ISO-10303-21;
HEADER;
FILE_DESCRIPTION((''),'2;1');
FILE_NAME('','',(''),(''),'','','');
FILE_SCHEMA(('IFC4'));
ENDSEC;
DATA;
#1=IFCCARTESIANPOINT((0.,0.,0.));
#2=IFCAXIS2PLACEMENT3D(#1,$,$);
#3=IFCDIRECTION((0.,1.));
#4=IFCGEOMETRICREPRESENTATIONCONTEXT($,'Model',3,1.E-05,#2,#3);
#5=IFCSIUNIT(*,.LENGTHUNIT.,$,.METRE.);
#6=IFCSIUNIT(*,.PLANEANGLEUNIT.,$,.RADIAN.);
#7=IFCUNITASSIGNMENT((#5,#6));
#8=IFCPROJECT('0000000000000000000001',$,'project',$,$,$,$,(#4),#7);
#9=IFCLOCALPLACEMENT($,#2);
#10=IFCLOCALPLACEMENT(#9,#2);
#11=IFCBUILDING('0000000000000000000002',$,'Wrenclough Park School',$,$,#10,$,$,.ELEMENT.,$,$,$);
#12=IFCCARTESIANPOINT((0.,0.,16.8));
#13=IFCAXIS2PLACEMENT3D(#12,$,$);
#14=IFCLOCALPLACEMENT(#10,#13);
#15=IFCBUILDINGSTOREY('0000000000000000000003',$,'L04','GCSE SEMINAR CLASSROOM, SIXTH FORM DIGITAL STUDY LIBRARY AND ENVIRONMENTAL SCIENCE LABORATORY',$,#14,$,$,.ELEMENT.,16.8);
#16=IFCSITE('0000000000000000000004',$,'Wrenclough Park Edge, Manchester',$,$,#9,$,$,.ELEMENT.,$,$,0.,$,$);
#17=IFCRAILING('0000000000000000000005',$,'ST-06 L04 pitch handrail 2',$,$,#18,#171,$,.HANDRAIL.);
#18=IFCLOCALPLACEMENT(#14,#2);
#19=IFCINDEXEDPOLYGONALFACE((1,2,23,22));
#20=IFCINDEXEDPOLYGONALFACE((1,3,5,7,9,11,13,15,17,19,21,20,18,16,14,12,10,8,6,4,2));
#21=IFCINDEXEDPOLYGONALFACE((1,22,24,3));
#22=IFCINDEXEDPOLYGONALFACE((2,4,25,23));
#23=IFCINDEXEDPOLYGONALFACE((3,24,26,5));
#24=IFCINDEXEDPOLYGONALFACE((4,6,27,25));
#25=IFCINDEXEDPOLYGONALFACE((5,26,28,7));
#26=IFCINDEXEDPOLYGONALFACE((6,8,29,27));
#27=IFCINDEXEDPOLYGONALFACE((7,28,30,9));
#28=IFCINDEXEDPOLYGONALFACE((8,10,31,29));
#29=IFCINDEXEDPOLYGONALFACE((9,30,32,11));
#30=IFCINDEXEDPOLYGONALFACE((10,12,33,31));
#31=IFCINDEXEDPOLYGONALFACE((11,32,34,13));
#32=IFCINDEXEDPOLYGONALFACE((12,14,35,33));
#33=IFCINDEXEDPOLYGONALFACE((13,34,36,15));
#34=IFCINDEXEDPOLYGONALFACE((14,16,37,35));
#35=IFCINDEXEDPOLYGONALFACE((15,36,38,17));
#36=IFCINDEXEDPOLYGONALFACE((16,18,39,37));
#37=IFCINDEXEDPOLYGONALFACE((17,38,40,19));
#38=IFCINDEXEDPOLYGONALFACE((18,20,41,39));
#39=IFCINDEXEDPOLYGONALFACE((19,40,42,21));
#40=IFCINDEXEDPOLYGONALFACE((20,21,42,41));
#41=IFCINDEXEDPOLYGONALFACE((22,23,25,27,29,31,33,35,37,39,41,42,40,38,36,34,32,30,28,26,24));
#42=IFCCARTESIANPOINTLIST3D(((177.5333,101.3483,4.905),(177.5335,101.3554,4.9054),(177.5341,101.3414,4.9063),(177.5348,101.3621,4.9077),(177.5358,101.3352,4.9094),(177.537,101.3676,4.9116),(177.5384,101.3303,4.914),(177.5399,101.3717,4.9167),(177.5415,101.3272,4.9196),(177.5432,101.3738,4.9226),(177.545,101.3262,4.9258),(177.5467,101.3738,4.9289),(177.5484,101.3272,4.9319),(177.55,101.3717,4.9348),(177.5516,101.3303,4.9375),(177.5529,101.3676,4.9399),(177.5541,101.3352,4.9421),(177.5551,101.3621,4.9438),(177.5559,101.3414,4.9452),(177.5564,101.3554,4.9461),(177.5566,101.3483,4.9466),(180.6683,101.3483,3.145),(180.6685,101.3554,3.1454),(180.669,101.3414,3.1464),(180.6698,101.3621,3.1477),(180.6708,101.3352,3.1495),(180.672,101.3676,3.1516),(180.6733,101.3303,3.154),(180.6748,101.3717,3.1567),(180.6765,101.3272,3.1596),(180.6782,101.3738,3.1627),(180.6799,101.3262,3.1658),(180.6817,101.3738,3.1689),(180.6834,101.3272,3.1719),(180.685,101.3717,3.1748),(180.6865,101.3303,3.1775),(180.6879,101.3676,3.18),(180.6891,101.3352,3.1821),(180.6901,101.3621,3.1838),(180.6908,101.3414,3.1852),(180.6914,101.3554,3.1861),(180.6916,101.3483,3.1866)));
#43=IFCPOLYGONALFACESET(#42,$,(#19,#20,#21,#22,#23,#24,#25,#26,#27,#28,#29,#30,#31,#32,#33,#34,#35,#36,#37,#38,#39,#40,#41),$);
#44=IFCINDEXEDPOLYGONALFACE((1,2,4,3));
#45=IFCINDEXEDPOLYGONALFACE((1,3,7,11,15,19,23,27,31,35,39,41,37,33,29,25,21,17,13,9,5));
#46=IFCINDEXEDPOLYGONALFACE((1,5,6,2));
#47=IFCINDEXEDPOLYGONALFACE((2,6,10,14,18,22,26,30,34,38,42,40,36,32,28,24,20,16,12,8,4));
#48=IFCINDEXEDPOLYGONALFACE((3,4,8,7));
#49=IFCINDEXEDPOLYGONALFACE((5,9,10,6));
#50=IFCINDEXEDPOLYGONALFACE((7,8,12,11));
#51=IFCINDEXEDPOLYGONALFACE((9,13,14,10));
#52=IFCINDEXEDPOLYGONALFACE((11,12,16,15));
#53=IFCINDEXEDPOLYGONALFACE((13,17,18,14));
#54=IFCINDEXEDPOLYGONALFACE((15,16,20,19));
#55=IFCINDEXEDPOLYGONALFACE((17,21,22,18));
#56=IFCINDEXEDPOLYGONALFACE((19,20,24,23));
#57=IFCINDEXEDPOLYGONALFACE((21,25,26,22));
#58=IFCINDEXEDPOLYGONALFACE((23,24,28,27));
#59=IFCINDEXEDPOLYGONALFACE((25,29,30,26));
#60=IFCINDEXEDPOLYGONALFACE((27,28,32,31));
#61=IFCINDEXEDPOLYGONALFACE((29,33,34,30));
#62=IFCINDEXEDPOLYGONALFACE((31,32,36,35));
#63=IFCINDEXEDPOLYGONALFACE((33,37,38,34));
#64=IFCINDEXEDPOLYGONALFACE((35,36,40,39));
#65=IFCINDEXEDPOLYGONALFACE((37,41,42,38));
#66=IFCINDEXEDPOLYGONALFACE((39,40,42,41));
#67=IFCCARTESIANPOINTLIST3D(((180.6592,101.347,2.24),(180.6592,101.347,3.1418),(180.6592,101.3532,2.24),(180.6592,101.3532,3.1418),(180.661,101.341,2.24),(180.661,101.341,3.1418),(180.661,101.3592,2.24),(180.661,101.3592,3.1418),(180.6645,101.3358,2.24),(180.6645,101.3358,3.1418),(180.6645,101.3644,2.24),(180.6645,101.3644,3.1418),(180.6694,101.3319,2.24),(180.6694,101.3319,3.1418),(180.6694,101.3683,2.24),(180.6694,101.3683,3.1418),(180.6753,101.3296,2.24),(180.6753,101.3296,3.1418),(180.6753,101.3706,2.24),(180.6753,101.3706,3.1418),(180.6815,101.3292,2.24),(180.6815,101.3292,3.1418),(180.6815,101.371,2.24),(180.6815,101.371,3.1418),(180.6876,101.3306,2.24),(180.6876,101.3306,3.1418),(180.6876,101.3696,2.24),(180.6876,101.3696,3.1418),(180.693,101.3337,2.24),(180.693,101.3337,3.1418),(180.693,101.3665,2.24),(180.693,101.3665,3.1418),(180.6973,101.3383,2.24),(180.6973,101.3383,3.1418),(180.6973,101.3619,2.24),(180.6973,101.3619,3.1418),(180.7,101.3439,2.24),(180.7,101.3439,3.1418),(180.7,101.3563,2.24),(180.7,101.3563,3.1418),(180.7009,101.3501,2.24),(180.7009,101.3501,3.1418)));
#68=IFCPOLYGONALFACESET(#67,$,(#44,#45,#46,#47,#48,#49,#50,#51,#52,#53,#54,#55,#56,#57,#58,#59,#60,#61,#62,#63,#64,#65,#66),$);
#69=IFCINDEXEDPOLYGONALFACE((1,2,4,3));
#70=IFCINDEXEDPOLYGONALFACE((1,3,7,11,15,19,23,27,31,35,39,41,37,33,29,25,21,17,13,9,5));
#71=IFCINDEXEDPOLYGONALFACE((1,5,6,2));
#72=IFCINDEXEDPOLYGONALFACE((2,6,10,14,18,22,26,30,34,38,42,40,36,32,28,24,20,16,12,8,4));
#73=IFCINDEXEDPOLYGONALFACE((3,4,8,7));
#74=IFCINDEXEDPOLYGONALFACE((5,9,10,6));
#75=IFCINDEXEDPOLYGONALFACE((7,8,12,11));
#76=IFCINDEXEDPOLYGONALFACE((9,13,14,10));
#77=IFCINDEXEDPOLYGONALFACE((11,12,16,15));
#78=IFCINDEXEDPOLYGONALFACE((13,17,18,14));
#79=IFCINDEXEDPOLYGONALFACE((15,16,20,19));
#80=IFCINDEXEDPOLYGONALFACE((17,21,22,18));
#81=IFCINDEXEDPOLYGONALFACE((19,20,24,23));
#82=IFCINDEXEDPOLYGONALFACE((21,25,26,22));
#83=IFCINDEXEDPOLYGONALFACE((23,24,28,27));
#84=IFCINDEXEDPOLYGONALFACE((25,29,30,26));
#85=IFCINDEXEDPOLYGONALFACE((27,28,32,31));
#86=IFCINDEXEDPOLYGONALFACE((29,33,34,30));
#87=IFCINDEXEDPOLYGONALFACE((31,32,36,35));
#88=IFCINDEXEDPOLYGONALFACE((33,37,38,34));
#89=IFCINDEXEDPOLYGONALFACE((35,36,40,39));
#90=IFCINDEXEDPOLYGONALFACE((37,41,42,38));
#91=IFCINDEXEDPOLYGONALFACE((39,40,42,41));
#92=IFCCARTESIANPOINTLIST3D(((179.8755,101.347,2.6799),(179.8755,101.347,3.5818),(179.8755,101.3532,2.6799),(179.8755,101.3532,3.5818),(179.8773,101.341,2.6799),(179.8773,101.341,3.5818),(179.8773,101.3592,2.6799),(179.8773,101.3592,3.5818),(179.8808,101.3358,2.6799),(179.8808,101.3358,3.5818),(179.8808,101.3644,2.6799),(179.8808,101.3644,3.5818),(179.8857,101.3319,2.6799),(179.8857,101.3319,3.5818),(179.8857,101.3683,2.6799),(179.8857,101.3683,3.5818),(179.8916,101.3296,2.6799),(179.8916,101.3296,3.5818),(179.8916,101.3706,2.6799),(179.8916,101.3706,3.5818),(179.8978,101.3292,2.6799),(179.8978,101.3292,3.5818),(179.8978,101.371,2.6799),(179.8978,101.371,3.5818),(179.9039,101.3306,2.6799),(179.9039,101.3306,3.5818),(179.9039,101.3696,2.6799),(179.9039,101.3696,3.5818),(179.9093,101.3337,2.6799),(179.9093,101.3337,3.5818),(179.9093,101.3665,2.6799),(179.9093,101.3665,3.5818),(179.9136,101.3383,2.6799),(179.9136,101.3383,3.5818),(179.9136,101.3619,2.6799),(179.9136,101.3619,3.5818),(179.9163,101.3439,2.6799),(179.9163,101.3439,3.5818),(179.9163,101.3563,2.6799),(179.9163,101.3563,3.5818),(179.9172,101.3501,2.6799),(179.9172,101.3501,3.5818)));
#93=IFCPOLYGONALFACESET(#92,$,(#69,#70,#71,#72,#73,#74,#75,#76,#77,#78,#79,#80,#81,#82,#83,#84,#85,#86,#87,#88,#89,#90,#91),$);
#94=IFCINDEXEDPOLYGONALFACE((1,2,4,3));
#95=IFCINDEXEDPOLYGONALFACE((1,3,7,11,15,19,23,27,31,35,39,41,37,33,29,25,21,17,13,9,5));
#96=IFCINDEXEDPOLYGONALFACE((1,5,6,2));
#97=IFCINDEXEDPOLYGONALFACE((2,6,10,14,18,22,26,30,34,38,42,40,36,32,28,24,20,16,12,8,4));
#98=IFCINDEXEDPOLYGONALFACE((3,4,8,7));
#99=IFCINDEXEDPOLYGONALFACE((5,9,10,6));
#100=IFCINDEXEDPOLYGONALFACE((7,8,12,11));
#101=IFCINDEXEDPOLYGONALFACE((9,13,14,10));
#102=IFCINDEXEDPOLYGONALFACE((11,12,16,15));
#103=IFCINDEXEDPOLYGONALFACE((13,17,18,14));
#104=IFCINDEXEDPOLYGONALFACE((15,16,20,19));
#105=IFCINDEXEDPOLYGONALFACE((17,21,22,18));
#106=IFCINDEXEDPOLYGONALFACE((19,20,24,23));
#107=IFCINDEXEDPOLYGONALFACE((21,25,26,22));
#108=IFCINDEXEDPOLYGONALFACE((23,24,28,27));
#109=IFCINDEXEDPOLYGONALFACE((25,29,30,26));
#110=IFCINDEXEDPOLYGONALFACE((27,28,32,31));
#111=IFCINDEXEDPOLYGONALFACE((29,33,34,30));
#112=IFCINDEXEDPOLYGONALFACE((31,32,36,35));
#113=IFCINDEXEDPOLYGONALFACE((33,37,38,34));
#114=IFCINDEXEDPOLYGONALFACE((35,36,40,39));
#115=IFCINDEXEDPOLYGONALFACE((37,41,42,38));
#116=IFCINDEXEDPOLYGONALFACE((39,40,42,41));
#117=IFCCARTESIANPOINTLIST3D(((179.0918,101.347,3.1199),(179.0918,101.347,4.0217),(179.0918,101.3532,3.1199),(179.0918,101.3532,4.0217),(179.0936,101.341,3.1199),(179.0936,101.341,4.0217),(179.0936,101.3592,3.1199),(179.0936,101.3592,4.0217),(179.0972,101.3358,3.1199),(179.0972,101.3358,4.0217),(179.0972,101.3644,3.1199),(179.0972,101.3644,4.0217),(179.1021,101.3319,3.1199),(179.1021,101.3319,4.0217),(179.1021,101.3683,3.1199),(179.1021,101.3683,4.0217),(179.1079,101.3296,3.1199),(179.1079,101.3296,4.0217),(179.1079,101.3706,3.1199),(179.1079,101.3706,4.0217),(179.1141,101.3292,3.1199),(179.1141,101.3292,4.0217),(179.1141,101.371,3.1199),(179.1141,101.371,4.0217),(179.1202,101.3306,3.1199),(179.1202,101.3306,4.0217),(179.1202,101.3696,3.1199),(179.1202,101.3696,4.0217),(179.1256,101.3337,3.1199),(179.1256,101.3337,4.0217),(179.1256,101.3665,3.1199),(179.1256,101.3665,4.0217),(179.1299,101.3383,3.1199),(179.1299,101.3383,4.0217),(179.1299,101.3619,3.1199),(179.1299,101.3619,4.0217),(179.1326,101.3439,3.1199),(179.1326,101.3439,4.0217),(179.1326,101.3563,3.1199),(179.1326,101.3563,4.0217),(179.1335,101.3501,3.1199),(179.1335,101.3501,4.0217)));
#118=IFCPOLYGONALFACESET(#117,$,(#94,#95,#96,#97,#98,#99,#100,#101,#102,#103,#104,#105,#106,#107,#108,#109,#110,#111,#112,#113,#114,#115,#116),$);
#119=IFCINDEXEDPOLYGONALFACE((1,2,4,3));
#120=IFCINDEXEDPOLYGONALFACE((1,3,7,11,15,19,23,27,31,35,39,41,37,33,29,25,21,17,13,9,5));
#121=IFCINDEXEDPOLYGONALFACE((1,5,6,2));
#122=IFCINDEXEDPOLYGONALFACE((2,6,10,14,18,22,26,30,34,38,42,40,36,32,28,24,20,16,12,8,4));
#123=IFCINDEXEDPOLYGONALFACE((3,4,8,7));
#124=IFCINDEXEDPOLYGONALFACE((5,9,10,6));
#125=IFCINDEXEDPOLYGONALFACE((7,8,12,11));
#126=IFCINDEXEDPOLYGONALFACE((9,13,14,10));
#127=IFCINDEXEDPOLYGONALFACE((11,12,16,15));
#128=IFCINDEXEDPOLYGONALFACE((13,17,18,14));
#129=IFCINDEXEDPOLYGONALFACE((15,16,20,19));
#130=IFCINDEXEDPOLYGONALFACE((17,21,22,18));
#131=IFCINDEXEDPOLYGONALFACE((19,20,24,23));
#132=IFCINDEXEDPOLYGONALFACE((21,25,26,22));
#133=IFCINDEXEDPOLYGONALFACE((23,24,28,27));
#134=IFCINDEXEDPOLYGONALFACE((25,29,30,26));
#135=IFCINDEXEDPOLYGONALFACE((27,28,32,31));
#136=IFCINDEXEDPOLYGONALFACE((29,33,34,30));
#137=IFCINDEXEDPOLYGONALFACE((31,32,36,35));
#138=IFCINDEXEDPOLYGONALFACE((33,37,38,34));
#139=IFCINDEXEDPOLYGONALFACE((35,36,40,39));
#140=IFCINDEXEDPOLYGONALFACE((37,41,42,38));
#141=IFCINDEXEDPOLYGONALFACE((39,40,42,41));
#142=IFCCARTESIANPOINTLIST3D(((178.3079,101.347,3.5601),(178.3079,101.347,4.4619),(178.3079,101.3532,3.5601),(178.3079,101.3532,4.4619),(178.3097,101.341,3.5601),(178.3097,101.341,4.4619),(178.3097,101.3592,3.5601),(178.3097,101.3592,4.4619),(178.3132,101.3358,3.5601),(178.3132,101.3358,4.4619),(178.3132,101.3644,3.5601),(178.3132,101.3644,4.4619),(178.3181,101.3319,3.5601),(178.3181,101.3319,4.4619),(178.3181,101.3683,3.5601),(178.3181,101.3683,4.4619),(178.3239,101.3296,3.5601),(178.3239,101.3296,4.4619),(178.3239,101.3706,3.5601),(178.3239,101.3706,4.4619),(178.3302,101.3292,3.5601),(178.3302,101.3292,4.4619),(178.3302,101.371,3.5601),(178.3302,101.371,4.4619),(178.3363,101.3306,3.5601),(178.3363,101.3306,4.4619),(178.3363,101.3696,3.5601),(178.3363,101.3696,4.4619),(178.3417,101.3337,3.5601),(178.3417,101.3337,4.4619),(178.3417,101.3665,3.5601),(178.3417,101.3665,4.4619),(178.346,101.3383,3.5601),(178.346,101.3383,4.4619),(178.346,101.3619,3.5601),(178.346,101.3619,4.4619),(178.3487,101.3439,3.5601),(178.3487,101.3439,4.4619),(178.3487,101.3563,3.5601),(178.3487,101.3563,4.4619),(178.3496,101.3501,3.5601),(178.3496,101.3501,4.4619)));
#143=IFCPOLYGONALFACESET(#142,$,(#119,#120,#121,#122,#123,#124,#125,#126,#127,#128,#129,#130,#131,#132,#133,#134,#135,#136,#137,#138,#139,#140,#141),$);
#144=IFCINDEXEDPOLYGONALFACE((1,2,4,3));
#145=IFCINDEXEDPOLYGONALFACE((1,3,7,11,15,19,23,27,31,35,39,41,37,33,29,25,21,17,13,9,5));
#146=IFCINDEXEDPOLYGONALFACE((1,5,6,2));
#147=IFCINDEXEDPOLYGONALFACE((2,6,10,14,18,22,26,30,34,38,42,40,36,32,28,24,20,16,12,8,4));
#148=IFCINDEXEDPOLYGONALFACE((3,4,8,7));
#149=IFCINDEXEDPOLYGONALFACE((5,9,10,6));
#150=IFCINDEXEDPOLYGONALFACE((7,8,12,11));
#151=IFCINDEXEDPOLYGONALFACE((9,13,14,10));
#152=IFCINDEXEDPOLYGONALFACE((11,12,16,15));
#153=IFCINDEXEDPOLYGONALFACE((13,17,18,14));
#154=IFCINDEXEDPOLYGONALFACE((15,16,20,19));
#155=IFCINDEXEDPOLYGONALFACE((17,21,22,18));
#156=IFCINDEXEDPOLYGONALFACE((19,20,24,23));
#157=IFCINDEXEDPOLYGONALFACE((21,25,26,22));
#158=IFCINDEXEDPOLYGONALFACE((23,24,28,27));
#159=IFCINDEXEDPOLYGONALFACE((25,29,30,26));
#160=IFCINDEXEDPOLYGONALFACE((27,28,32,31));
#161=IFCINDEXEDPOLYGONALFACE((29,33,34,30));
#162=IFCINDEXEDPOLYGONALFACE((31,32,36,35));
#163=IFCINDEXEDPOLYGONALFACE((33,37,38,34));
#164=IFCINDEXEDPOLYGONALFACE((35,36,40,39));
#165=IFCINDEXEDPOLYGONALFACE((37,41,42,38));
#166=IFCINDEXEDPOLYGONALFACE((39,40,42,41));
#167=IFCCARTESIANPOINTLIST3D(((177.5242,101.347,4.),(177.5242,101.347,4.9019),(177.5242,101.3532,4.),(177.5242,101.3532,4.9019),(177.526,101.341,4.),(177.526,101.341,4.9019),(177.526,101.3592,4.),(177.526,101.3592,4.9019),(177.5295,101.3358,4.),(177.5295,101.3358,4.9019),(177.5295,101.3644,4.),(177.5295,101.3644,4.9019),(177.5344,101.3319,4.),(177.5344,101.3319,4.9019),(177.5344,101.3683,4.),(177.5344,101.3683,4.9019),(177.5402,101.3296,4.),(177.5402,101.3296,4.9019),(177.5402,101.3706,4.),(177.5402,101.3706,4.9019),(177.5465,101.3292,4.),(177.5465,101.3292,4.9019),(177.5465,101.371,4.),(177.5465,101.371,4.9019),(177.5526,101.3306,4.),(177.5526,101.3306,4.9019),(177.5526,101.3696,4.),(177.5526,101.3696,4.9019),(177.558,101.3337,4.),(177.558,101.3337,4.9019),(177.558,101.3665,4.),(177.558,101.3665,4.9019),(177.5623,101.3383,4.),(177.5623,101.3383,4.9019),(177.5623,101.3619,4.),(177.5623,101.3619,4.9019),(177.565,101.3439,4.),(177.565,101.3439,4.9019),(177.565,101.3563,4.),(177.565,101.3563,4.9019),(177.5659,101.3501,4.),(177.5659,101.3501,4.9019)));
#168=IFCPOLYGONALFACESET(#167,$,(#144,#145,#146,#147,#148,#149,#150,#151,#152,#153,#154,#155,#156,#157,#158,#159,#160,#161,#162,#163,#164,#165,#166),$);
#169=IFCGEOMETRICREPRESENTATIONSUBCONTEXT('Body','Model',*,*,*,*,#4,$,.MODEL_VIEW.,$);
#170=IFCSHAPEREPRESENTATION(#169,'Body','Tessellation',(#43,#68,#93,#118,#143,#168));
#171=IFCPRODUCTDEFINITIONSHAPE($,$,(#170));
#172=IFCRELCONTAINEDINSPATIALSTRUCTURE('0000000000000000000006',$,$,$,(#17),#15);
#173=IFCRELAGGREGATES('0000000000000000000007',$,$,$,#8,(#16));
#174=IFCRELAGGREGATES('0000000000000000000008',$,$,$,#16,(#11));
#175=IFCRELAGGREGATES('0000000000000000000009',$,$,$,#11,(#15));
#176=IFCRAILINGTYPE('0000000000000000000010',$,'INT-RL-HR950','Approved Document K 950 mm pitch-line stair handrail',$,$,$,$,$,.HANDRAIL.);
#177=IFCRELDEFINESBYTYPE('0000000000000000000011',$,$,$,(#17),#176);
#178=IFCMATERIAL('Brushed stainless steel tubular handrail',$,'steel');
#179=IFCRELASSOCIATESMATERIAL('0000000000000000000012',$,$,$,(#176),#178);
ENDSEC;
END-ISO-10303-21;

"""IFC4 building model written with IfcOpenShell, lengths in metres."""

from ifc_helpers import new_model, si_unit, direction, frame, origin, origin_2d, place, context, subcontext, project, spatial, circle, extrude, material, type_object, element, save


model = new_model("IFC4")

# Units and contexts
model_context = context("Model", 3, precision=1e-05, world=origin(), true_north=direction((0.0, 1.0)))
body_context = subcontext(model_context, "Body", "Model", "MODEL_VIEW")
ifc_project = project(units=[si_unit("LENGTHUNIT", "METRE"), si_unit("PLANEANGLEUNIT", "RADIAN")], contexts=[model_context])

# Site, building, storey
site_placement = place(None, origin())
site = spatial("IfcSite", under=ifc_project, at=site_placement, Name="Wrenclough Park Edge, Manchester", CompositionType="ELEMENT", RefElevation=0.0)
building_placement = place(site_placement, origin())
building = spatial("IfcBuilding", under=site, at=building_placement, Name="Wrenclough Park School", CompositionType="ELEMENT")
storey_placement = place(building_placement, frame((0.0, 0.0, 16.8)))
storey = spatial("IfcBuildingStorey", under=building, at=storey_placement, Name="L04", Description="GCSE SEMINAR CLASSROOM, SIXTH FORM DIGITAL STUDY LIBRARY AND ENVIRONMENTAL SCIENCE LABORATORY", CompositionType="ELEMENT", Elevation=16.8)

# Railing
ifc_material_1 = material(Name="Brushed stainless steel tubular handrail", Category="steel")
railing_type_1 = type_object("IfcRailingType", Name="INT-RL-HR950", Description="Approved Document K 950 mm pitch-line stair handrail", PredefinedType="HANDRAIL", material=ifc_material_1)
railing_1_placement = place(storey_placement, frame((180.6799, 101.3501, 2.24)))
element("IfcRailing", 1, at=railing_1_placement, inside=storey, type_object=railing_type_1, Name="ST-06 L04 pitch handrail 2", PredefinedType="HANDRAIL", context=body_context, shape_type="SweptSolid", body=[
    extrude(circle(Radius=0.0239, at=origin_2d()), frame((0.0, 0.0, 0.9258), z_axis=(-0.871983, 0.0, 0.489536), x_axis=(0.0, -1.0, 0.0)), (0.0, 0.0, 1.0), 3.5952),
    extrude(circle(Radius=0.021, at=origin_2d()), origin(), (0.0, 0.0, 1.0), 0.9019),
    extrude(circle(Radius=0.021, at=origin_2d()), frame((-0.7837, 0.0, 0.4399)), (0.0, 0.0, 1.0), 0.9019),
    extrude(circle(Radius=0.021, at=origin_2d()), frame((-1.5674, 0.0, 0.8799)), (0.0, 0.0, 1.0), 0.9019),
    extrude(circle(Radius=0.021, at=origin_2d()), frame((-2.3513, 0.0, 1.3201)), (0.0, 0.0, 1.0), 0.9019),
    extrude(circle(Radius=0.021, at=origin_2d()), frame((-3.135, 0.0, 1.76)), (0.0, 0.0, 1.0), 0.9019),
])

save(model, "model.ifc")
